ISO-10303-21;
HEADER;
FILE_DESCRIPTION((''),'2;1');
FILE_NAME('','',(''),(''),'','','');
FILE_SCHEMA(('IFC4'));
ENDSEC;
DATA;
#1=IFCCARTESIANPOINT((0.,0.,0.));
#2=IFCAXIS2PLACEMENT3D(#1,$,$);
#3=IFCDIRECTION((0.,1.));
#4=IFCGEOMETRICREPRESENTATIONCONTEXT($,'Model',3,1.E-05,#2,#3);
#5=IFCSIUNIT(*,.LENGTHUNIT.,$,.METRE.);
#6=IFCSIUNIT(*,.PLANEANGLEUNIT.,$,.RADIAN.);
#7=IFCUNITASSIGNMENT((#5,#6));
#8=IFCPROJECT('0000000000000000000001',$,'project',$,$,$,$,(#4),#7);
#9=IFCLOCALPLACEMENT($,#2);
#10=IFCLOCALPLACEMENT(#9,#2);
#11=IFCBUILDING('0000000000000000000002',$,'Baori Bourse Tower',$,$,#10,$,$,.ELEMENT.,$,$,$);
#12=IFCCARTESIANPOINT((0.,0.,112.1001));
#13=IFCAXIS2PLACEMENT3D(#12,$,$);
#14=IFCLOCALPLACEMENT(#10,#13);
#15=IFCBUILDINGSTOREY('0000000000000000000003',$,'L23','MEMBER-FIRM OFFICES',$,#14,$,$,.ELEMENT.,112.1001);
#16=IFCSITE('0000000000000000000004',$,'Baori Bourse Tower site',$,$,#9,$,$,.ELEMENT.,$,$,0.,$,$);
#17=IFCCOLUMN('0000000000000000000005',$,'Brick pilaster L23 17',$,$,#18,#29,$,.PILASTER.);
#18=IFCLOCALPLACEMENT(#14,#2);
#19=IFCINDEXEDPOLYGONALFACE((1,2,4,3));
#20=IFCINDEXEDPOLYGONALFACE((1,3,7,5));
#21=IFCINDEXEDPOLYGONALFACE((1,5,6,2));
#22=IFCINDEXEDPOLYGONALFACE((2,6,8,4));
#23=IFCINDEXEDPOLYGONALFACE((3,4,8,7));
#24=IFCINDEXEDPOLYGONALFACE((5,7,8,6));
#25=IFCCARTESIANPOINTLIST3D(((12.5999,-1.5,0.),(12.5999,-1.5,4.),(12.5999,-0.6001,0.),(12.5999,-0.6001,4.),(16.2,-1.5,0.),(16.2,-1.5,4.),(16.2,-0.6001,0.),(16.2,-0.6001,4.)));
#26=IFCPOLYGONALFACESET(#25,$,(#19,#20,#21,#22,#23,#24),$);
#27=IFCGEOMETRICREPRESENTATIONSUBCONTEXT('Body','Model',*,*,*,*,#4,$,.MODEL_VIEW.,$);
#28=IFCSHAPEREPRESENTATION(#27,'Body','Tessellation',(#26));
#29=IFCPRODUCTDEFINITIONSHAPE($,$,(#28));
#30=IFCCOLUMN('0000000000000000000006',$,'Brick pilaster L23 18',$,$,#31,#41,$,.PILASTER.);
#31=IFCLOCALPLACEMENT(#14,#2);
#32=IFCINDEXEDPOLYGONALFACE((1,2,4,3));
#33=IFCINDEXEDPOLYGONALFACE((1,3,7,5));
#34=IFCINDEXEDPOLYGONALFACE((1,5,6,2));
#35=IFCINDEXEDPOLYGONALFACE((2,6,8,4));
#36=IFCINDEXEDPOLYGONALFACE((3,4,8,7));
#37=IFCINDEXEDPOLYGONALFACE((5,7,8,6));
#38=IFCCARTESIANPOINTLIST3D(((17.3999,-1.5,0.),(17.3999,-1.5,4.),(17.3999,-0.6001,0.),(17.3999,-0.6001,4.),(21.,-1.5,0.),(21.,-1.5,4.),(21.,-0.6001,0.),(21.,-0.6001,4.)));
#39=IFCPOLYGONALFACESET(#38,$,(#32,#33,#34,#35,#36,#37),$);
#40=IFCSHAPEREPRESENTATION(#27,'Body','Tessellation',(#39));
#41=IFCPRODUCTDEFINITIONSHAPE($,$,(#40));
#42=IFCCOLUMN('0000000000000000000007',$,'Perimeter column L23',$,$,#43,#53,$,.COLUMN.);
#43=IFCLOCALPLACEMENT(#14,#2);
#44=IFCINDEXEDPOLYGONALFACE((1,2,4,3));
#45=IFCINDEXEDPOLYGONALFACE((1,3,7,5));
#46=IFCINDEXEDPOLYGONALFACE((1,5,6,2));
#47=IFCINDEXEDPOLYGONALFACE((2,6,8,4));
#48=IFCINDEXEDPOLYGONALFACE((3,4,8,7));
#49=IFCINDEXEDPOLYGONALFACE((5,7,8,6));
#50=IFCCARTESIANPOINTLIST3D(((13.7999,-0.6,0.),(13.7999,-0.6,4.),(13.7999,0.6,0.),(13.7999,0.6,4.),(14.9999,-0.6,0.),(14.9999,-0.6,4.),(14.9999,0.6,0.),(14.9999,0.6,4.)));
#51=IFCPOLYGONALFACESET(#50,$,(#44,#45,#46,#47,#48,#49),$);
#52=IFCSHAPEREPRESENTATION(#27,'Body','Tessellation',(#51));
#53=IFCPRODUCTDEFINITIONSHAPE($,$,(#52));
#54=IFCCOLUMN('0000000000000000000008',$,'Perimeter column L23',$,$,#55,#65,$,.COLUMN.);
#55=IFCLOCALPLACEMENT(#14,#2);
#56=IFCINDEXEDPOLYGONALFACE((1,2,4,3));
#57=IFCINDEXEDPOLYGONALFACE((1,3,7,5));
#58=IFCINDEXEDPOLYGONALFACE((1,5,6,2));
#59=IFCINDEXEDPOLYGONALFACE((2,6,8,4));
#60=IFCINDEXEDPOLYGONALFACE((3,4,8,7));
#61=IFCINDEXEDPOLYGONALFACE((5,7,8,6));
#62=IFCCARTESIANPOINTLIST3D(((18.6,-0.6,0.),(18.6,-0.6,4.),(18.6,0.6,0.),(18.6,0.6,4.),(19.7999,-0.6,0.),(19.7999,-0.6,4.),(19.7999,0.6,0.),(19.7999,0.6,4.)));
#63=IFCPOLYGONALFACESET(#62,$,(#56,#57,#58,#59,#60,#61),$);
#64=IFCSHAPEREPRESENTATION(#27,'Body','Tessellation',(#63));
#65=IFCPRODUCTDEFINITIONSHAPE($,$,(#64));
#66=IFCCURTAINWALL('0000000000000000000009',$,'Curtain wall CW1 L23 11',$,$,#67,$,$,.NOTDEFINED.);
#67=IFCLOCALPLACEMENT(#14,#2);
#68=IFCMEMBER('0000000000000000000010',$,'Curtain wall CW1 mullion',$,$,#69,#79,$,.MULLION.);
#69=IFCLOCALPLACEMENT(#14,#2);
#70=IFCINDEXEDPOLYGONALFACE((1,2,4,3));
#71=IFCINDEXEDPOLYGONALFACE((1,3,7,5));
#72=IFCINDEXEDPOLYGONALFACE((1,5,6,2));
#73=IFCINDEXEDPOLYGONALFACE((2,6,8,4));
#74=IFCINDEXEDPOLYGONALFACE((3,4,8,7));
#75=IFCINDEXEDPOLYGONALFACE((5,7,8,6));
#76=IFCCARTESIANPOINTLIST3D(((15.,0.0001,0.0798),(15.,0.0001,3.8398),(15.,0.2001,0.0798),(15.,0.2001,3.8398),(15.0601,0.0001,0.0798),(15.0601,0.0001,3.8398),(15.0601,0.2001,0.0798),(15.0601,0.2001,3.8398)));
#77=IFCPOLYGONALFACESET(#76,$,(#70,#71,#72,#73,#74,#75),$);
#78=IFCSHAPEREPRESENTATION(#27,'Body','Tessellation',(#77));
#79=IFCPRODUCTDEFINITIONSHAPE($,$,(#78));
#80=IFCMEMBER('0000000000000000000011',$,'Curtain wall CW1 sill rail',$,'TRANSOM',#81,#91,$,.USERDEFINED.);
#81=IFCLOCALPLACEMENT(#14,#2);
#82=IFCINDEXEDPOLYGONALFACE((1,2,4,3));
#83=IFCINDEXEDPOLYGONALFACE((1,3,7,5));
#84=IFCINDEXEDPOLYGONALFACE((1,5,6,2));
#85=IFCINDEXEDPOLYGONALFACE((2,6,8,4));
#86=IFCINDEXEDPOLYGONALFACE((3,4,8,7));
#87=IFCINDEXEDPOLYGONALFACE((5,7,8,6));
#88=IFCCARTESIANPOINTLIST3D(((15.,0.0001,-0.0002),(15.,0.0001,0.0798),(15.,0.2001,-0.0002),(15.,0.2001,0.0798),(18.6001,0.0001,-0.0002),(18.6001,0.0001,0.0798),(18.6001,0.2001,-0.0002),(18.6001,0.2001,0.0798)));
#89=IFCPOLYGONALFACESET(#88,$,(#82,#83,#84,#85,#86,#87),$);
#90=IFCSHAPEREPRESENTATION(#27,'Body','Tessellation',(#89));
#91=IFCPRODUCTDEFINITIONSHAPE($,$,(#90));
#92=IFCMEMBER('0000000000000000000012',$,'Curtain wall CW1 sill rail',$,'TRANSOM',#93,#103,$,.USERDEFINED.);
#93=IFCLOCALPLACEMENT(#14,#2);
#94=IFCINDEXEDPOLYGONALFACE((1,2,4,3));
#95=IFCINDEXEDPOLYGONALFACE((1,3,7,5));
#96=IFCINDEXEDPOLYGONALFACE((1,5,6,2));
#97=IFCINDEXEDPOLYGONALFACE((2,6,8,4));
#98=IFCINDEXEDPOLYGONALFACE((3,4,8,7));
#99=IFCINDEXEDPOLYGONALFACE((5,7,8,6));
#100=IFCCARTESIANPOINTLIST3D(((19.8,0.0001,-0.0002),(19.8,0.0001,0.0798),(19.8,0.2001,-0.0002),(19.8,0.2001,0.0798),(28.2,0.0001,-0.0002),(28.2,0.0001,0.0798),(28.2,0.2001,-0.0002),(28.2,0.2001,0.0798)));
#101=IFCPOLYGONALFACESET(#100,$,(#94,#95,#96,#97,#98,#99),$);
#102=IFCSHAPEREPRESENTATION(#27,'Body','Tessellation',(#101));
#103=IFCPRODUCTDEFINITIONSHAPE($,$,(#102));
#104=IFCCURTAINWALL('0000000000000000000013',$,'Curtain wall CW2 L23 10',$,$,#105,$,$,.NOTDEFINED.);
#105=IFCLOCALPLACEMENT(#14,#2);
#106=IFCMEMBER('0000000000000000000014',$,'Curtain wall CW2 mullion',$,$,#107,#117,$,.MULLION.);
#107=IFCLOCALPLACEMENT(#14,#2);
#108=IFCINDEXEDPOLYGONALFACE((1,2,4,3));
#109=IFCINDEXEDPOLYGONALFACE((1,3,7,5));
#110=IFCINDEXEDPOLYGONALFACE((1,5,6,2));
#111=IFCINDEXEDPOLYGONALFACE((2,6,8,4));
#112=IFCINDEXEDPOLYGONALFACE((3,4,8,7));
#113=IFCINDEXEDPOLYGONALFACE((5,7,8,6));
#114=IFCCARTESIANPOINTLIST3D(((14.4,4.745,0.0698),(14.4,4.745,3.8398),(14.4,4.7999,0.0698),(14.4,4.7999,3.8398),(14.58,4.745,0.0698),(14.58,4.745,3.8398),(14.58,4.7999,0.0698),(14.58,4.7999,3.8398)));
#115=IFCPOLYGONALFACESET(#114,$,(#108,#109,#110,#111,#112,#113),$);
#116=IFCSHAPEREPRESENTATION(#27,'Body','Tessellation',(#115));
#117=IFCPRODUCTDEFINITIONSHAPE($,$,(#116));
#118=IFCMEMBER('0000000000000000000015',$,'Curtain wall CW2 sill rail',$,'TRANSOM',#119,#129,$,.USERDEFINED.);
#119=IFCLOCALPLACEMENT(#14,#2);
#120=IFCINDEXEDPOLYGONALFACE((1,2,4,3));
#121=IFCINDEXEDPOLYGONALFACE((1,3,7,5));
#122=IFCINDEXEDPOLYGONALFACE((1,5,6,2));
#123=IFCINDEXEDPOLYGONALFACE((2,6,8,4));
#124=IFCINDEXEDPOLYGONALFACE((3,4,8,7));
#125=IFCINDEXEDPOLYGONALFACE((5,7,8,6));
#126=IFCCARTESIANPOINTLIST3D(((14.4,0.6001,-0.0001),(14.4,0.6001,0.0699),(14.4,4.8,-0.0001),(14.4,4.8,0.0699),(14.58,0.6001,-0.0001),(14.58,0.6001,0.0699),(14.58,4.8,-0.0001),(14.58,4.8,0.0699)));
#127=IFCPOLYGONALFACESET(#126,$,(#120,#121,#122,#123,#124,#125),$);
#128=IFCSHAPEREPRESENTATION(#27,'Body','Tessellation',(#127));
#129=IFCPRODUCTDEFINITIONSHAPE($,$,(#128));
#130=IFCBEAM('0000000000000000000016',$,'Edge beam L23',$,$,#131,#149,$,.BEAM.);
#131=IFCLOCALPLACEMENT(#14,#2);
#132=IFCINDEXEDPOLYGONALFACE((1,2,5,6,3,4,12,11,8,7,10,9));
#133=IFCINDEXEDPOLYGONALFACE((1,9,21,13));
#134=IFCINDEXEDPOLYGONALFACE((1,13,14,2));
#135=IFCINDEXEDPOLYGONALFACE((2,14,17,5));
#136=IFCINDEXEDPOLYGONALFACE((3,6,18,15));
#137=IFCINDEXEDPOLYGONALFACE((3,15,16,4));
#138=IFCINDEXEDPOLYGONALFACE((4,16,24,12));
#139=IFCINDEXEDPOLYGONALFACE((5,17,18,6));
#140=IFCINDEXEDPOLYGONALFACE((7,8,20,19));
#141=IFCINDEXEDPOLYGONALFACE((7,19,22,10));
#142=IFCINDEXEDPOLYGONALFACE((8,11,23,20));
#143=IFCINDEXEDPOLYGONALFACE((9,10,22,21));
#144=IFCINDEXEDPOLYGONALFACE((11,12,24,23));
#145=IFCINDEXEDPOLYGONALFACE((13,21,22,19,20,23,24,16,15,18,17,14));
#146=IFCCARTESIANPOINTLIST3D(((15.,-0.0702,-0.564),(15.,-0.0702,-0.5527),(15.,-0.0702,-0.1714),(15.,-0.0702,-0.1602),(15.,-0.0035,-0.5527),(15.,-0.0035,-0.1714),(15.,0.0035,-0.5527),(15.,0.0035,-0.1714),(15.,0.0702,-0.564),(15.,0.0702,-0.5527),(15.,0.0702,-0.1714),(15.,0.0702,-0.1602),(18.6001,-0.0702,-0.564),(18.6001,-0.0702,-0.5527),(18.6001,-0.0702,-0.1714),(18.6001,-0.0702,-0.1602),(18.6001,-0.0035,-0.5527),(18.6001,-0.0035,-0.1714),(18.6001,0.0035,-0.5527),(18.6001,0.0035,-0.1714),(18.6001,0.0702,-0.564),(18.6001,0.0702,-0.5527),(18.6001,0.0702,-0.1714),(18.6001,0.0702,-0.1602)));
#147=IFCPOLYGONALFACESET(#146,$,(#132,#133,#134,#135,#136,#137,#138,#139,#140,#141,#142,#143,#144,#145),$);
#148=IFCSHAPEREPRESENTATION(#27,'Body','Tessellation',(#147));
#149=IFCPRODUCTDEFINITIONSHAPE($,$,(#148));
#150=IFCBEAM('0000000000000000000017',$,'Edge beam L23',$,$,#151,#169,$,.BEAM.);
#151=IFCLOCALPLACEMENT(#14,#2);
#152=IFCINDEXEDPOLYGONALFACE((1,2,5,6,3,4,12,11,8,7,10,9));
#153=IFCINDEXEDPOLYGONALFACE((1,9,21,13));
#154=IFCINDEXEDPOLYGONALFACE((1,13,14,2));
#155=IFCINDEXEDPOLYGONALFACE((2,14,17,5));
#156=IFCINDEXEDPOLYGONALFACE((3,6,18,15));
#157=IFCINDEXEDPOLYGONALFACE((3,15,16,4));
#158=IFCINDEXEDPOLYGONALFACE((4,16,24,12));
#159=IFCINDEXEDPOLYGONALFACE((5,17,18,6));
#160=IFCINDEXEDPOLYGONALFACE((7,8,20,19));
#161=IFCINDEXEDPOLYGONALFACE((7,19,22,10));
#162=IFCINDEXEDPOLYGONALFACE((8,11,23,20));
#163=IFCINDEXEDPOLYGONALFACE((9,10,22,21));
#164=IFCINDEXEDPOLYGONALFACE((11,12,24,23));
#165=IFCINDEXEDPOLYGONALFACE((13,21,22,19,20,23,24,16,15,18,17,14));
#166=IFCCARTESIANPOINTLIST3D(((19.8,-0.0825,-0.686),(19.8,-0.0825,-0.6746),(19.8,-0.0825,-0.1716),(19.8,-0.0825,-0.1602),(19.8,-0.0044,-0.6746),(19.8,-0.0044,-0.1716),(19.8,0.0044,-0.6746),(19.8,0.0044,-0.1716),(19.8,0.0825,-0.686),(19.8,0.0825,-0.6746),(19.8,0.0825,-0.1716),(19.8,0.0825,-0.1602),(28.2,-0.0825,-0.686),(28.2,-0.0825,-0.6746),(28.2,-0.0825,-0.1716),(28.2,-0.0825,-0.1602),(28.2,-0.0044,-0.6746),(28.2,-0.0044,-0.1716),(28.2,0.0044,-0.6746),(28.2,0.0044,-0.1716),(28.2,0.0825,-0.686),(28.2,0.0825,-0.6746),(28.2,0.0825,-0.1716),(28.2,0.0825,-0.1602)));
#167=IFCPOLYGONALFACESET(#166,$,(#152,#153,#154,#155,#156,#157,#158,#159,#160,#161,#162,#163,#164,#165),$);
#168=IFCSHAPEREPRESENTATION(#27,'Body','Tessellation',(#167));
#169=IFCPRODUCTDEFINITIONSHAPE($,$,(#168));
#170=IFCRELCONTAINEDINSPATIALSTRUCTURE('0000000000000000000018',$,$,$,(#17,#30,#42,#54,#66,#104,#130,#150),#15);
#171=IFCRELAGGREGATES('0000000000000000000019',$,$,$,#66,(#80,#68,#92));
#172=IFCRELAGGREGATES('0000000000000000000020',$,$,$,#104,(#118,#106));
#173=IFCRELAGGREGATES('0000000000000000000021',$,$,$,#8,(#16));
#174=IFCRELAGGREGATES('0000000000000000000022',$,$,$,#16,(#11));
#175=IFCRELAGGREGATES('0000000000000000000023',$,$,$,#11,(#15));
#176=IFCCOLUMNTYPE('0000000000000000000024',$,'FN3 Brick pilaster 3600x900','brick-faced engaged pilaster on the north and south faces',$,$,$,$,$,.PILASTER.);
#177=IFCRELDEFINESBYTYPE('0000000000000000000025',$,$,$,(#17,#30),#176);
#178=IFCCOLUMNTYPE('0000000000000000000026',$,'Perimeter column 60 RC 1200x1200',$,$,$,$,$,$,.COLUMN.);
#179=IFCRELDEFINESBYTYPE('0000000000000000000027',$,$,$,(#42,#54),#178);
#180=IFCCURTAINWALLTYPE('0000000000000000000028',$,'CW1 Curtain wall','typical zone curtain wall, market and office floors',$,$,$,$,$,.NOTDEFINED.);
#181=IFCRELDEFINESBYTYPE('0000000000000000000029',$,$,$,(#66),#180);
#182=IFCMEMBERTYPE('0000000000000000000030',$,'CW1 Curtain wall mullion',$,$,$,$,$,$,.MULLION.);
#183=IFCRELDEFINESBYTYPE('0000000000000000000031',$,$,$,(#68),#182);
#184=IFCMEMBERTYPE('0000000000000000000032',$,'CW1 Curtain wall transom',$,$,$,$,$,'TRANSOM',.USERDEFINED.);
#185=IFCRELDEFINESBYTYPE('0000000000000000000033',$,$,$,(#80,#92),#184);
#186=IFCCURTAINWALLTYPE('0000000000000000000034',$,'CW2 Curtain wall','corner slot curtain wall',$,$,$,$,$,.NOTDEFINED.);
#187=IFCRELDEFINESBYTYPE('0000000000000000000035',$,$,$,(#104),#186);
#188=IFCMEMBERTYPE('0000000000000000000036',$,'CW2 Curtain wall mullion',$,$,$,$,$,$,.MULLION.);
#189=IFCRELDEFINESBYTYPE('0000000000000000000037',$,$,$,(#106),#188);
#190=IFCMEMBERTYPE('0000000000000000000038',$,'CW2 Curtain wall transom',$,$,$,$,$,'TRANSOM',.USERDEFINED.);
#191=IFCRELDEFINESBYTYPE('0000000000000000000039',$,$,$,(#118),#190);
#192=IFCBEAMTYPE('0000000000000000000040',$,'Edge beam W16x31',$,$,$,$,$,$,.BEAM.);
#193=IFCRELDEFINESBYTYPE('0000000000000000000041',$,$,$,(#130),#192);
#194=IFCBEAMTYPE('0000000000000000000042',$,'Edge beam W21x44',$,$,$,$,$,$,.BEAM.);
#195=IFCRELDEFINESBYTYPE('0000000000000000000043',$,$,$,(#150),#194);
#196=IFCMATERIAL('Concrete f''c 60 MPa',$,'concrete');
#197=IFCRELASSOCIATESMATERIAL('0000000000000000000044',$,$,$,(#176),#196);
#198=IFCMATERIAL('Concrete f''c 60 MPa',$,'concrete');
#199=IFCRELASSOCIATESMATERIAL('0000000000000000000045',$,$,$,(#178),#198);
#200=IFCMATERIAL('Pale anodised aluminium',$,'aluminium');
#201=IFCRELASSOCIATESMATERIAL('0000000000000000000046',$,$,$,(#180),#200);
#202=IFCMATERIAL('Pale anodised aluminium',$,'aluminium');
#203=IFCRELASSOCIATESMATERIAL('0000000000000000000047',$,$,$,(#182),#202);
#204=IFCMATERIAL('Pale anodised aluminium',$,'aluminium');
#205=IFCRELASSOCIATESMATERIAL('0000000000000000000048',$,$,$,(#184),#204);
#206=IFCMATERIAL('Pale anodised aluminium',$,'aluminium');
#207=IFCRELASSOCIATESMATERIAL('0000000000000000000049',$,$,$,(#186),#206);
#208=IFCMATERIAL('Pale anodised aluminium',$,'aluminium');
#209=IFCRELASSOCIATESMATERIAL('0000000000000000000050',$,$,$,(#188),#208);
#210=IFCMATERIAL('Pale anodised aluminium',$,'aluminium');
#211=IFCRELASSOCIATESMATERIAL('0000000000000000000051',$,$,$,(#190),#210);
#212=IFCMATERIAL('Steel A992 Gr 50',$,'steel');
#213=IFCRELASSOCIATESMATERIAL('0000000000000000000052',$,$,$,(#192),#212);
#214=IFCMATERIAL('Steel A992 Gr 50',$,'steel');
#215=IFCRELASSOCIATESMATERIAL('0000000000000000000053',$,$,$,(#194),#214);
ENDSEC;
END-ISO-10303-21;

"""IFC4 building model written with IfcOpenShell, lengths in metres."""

from ifc_helpers import new_model, si_unit, direction, frame, origin, origin_2d, place, context, subcontext, project, spatial, rectangle, i_section, extrude, material, material_profile, profile_set, type_object, element, aggregate, save


model = new_model("IFC4")

# Units and contexts
model_context = context("Model", 3, precision=1e-05, world=origin(), true_north=direction((0.0, 1.0)))
body_context = subcontext(model_context, "Body", "Model", "MODEL_VIEW")
ifc_project = project(units=[si_unit("LENGTHUNIT", "METRE"), si_unit("PLANEANGLEUNIT", "RADIAN")], contexts=[model_context])

# Site, building, storey
site_placement = place(None, origin())
site = spatial("IfcSite", under=ifc_project, at=site_placement, Name="Baori Bourse Tower site", CompositionType="ELEMENT", RefElevation=0.0)
building_placement = place(site_placement, origin())
building = spatial("IfcBuilding", under=site, at=building_placement, Name="Baori Bourse Tower", CompositionType="ELEMENT")
storey_placement = place(building_placement, frame((0.0, 0.0, 112.1001)))
storey = spatial("IfcBuildingStorey", under=building, at=storey_placement, Name="L23", Description="MEMBER-FIRM OFFICES", CompositionType="ELEMENT", Elevation=112.1001)

# Columns
ifc_material_1 = material(Name="Concrete f'c 60 MPa", Category="concrete")
ifc_material_profile_1 = material_profile(ifc_material_1, rectangle(XDim=3.6001, YDim=0.8999, at=origin_2d()), Name="RC 3600x900")
ifc_profile_set_1 = profile_set([ifc_material_profile_1], Name="Concrete f'c 60 MPa")
column_type_1 = type_object("IfcColumnType", Name="FN3 Brick pilaster 3600x900", Description="brick-faced engaged pilaster on the north and south faces", PredefinedType="PILASTER", material=ifc_profile_set_1)
for number, where, z_axis, x_axis, name in (
    (1, (14.3999, -1.05, 0.0), (0.0, 0.0, 1.0), (1.0, 0.0, 0.0), "Brick pilaster L23 17"),
    (2, (19.2, -1.05, 0.0), (0.0, 0.0, 1.0), (1.0, 0.0, 0.0), "Brick pilaster L23 18"),
):
    element("IfcColumn", number, at=place(storey_placement, frame(where, z_axis=z_axis, x_axis=x_axis)), inside=storey, type_object=column_type_1, Name=name, PredefinedType="PILASTER", context=body_context, shape_type="SweptSolid", body=[
        extrude(rectangle(XDim=3.6001, YDim=0.8999, at=origin_2d()), origin(), (0.0, 0.0, 1.0), 4.0),
    ])
ifc_material_2 = material(Name="Concrete f'c 60 MPa", Category="concrete")
ifc_material_profile_2 = material_profile(ifc_material_2, rectangle(XDim=1.2, YDim=1.2, at=origin_2d()), Name="RC 1200x1200")
ifc_profile_set_2 = profile_set([ifc_material_profile_2], Name="Concrete f'c 60 MPa")
column_type_2 = type_object("IfcColumnType", Name="Perimeter column 60 RC 1200x1200", PredefinedType="COLUMN", material=ifc_profile_set_2)
for number, where, z_axis, x_axis, name in (
    (3, (14.3999, 0.0, 0.0), (0.0, 0.0, 1.0), (1.0, 0.0, 0.0), "Perimeter column L23"),
    (4, (19.2, 0.0, 0.0), (0.0, 0.0, 1.0), (1.0, 0.0, 0.0), "Perimeter column L23"),
):
    element("IfcColumn", number, at=place(storey_placement, frame(where, z_axis=z_axis, x_axis=x_axis)), inside=storey, type_object=column_type_2, Name=name, PredefinedType="COLUMN", context=body_context, shape_type="SweptSolid", body=[
        extrude(rectangle(XDim=1.2, YDim=1.2, at=origin_2d()), origin(), (0.0, 0.0, 1.0), 4.0),
    ])

# Curtain walls, members
ifc_material_3 = material(Name="Pale anodised aluminium", Category="aluminium")
curtain_wall_type_1 = type_object("IfcCurtainWallType", Name="CW1 Curtain wall", Description="typical zone curtain wall, market and office floors", PredefinedType="NOTDEFINED", material=ifc_material_3)
curtain_wall_1_placement = place(storey_placement, origin())
curtain_wall_1 = element("IfcCurtainWall", 5, at=curtain_wall_1_placement, inside=storey, type_object=curtain_wall_type_1, Name="Curtain wall CW1 L23 11", PredefinedType="NOTDEFINED")
ifc_material_4 = material(Name="Pale anodised aluminium", Category="aluminium")
ifc_material_profile_3 = material_profile(ifc_material_4, rectangle(XDim=0.2, YDim=0.0601, at=origin_2d()), Name="Mullion 60x200")
ifc_profile_set_3 = profile_set([ifc_material_profile_3], Name="Pale anodised aluminium")
member_type_1 = type_object("IfcMemberType", Name="CW1 Curtain wall mullion", PredefinedType="MULLION", material=ifc_profile_set_3)
member_1_placement = place(storey_placement, frame((15.03, 0.1001, 0.0798), z_axis=(0.0, 0.0, 1.0), x_axis=(0.0, 1.0, 0.0)))
member_1 = element("IfcMember", 6, at=member_1_placement, type_object=member_type_1, Name="Curtain wall CW1 mullion", PredefinedType="MULLION", context=body_context, shape_type="SweptSolid", body=[
    extrude(rectangle(XDim=0.2, YDim=0.0601, at=origin_2d()), origin(), (0.0, 0.0, 1.0), 3.76),
])
ifc_material_5 = material(Name="Pale anodised aluminium", Category="aluminium")
ifc_material_profile_4 = material_profile(ifc_material_5, rectangle(XDim=0.2, YDim=0.0801, at=origin_2d()), Name="Transom 80x200")
ifc_profile_set_4 = profile_set([ifc_material_profile_4], Name="Pale anodised aluminium")
member_type_2 = type_object("IfcMemberType", Name="CW1 Curtain wall transom", ElementType="TRANSOM", PredefinedType="USERDEFINED", material=ifc_profile_set_4)
member_2_placement = place(storey_placement, frame((15.0, 0.1001, 0.0398), z_axis=(1.0, 0.0, 0.0), x_axis=(0.0, 1.0, 0.0)))
member_2 = element("IfcMember", 7, at=member_2_placement, type_object=member_type_2, Name="Curtain wall CW1 sill rail", ObjectType="TRANSOM", PredefinedType="USERDEFINED", context=body_context, shape_type="SweptSolid", body=[
    extrude(rectangle(XDim=0.2, YDim=0.0801, at=origin_2d()), origin(), (0.0, 0.0, 1.0), 3.6001),
])
member_3_placement = place(storey_placement, frame((19.8, 0.1001, 0.0398), z_axis=(1.0, 0.0, 0.0), x_axis=(0.0, 1.0, 0.0)))
member_3 = element("IfcMember", 8, at=member_3_placement, type_object=member_type_2, Name="Curtain wall CW1 sill rail", ObjectType="TRANSOM", PredefinedType="USERDEFINED", context=body_context, shape_type="SweptSolid", body=[
    extrude(rectangle(XDim=0.2, YDim=0.0801, at=origin_2d()), origin(), (0.0, 0.0, 1.0), 8.3999),
])
ifc_material_6 = material(Name="Pale anodised aluminium", Category="aluminium")
curtain_wall_type_2 = type_object("IfcCurtainWallType", Name="CW2 Curtain wall", Description="corner slot curtain wall", PredefinedType="NOTDEFINED", material=ifc_material_6)
curtain_wall_2_placement = place(storey_placement, origin())
curtain_wall_2 = element("IfcCurtainWall", 9, at=curtain_wall_2_placement, inside=storey, type_object=curtain_wall_type_2, Name="Curtain wall CW2 L23 10", PredefinedType="NOTDEFINED")
ifc_material_7 = material(Name="Pale anodised aluminium", Category="aluminium")
ifc_material_profile_5 = material_profile(ifc_material_7, rectangle(XDim=0.1799, YDim=0.0549, at=origin_2d()), Name="Mullion 55x180")
ifc_profile_set_5 = profile_set([ifc_material_profile_5], Name="Pale anodised aluminium")
member_type_3 = type_object("IfcMemberType", Name="CW2 Curtain wall mullion", PredefinedType="MULLION", material=ifc_profile_set_5)
member_4_placement = place(storey_placement, frame((14.49, 4.7725, 0.0698), z_axis=(0.0, 0.0, 1.0), x_axis=(1.0, 0.0, 0.0)))
member_4 = element("IfcMember", 10, at=member_4_placement, type_object=member_type_3, Name="Curtain wall CW2 mullion", PredefinedType="MULLION", context=body_context, shape_type="SweptSolid", body=[
    extrude(rectangle(XDim=0.1799, YDim=0.0549, at=origin_2d()), origin(), (0.0, 0.0, 1.0), 3.77),
])
ifc_material_8 = material(Name="Pale anodised aluminium", Category="aluminium")
ifc_material_profile_6 = material_profile(ifc_material_8, rectangle(XDim=0.1799, YDim=0.0701, at=origin_2d()), Name="Transom 70x180")
ifc_profile_set_6 = profile_set([ifc_material_profile_6], Name="Pale anodised aluminium")
member_type_4 = type_object("IfcMemberType", Name="CW2 Curtain wall transom", ElementType="TRANSOM", PredefinedType="USERDEFINED", material=ifc_profile_set_6)
member_5_placement = place(storey_placement, frame((14.49, 4.8, 0.0349), z_axis=(0.0, -1.0, 0.0), x_axis=(1.0, 0.0, 0.0)))
member_5 = element("IfcMember", 11, at=member_5_placement, type_object=member_type_4, Name="Curtain wall CW2 sill rail", ObjectType="TRANSOM", PredefinedType="USERDEFINED", context=body_context, shape_type="SweptSolid", body=[
    extrude(rectangle(XDim=0.1799, YDim=0.0701, at=origin_2d()), origin(), (0.0, 0.0, 1.0), 4.2),
])

# Beams
ifc_material_9 = material(Name="Steel A992 Gr 50", Category="steel")
ifc_material_profile_7 = material_profile(ifc_material_9, i_section(OverallWidth=0.1404, OverallDepth=0.4038, WebThickness=0.0071, FlangeThickness=0.0112, at=origin_2d()), Name="W16x31")
ifc_profile_set_7 = profile_set([ifc_material_profile_7], Name="Steel A992 Gr 50")
beam_type_1 = type_object("IfcBeamType", Name="Edge beam W16x31", PredefinedType="BEAM", material=ifc_profile_set_7)
beam_1_placement = place(storey_placement, frame((15.0, 0.0, -0.3621), z_axis=(1.0, 0.0, 0.0), x_axis=(0.0, 1.0, 0.0)))
element("IfcBeam", 12, at=beam_1_placement, inside=storey, type_object=beam_type_1, Name="Edge beam L23", PredefinedType="BEAM", context=body_context, shape_type="SweptSolid", body=[
    extrude(i_section(OverallWidth=0.1404, OverallDepth=0.4038, WebThickness=0.0071, FlangeThickness=0.0112, at=origin_2d()), origin(), (0.0, 0.0, 1.0), 3.6001),
])
ifc_material_10 = material(Name="Steel A992 Gr 50", Category="steel")
ifc_material_profile_8 = material_profile(ifc_material_10, i_section(OverallWidth=0.165, OverallDepth=0.5259, WebThickness=0.0088, FlangeThickness=0.0115, at=origin_2d()), Name="W21x44")
ifc_profile_set_8 = profile_set([ifc_material_profile_8], Name="Steel A992 Gr 50")
beam_type_2 = type_object("IfcBeamType", Name="Edge beam W21x44", PredefinedType="BEAM", material=ifc_profile_set_8)
beam_2_placement = place(storey_placement, frame((19.8, 0.0, -0.4231), z_axis=(1.0, 0.0, 0.0), x_axis=(0.0, 1.0, 0.0)))
element("IfcBeam", 13, at=beam_2_placement, inside=storey, type_object=beam_type_2, Name="Edge beam L23", PredefinedType="BEAM", context=body_context, shape_type="SweptSolid", body=[
    extrude(i_section(OverallWidth=0.165, OverallDepth=0.5259, WebThickness=0.0088, FlangeThickness=0.0115, at=origin_2d()), origin(), (0.0, 0.0, 1.0), 8.3999),
])

aggregate(curtain_wall_1, [member_2, member_1, member_3])
aggregate(curtain_wall_2, [member_5, member_4])

save(model, "model.ifc")
